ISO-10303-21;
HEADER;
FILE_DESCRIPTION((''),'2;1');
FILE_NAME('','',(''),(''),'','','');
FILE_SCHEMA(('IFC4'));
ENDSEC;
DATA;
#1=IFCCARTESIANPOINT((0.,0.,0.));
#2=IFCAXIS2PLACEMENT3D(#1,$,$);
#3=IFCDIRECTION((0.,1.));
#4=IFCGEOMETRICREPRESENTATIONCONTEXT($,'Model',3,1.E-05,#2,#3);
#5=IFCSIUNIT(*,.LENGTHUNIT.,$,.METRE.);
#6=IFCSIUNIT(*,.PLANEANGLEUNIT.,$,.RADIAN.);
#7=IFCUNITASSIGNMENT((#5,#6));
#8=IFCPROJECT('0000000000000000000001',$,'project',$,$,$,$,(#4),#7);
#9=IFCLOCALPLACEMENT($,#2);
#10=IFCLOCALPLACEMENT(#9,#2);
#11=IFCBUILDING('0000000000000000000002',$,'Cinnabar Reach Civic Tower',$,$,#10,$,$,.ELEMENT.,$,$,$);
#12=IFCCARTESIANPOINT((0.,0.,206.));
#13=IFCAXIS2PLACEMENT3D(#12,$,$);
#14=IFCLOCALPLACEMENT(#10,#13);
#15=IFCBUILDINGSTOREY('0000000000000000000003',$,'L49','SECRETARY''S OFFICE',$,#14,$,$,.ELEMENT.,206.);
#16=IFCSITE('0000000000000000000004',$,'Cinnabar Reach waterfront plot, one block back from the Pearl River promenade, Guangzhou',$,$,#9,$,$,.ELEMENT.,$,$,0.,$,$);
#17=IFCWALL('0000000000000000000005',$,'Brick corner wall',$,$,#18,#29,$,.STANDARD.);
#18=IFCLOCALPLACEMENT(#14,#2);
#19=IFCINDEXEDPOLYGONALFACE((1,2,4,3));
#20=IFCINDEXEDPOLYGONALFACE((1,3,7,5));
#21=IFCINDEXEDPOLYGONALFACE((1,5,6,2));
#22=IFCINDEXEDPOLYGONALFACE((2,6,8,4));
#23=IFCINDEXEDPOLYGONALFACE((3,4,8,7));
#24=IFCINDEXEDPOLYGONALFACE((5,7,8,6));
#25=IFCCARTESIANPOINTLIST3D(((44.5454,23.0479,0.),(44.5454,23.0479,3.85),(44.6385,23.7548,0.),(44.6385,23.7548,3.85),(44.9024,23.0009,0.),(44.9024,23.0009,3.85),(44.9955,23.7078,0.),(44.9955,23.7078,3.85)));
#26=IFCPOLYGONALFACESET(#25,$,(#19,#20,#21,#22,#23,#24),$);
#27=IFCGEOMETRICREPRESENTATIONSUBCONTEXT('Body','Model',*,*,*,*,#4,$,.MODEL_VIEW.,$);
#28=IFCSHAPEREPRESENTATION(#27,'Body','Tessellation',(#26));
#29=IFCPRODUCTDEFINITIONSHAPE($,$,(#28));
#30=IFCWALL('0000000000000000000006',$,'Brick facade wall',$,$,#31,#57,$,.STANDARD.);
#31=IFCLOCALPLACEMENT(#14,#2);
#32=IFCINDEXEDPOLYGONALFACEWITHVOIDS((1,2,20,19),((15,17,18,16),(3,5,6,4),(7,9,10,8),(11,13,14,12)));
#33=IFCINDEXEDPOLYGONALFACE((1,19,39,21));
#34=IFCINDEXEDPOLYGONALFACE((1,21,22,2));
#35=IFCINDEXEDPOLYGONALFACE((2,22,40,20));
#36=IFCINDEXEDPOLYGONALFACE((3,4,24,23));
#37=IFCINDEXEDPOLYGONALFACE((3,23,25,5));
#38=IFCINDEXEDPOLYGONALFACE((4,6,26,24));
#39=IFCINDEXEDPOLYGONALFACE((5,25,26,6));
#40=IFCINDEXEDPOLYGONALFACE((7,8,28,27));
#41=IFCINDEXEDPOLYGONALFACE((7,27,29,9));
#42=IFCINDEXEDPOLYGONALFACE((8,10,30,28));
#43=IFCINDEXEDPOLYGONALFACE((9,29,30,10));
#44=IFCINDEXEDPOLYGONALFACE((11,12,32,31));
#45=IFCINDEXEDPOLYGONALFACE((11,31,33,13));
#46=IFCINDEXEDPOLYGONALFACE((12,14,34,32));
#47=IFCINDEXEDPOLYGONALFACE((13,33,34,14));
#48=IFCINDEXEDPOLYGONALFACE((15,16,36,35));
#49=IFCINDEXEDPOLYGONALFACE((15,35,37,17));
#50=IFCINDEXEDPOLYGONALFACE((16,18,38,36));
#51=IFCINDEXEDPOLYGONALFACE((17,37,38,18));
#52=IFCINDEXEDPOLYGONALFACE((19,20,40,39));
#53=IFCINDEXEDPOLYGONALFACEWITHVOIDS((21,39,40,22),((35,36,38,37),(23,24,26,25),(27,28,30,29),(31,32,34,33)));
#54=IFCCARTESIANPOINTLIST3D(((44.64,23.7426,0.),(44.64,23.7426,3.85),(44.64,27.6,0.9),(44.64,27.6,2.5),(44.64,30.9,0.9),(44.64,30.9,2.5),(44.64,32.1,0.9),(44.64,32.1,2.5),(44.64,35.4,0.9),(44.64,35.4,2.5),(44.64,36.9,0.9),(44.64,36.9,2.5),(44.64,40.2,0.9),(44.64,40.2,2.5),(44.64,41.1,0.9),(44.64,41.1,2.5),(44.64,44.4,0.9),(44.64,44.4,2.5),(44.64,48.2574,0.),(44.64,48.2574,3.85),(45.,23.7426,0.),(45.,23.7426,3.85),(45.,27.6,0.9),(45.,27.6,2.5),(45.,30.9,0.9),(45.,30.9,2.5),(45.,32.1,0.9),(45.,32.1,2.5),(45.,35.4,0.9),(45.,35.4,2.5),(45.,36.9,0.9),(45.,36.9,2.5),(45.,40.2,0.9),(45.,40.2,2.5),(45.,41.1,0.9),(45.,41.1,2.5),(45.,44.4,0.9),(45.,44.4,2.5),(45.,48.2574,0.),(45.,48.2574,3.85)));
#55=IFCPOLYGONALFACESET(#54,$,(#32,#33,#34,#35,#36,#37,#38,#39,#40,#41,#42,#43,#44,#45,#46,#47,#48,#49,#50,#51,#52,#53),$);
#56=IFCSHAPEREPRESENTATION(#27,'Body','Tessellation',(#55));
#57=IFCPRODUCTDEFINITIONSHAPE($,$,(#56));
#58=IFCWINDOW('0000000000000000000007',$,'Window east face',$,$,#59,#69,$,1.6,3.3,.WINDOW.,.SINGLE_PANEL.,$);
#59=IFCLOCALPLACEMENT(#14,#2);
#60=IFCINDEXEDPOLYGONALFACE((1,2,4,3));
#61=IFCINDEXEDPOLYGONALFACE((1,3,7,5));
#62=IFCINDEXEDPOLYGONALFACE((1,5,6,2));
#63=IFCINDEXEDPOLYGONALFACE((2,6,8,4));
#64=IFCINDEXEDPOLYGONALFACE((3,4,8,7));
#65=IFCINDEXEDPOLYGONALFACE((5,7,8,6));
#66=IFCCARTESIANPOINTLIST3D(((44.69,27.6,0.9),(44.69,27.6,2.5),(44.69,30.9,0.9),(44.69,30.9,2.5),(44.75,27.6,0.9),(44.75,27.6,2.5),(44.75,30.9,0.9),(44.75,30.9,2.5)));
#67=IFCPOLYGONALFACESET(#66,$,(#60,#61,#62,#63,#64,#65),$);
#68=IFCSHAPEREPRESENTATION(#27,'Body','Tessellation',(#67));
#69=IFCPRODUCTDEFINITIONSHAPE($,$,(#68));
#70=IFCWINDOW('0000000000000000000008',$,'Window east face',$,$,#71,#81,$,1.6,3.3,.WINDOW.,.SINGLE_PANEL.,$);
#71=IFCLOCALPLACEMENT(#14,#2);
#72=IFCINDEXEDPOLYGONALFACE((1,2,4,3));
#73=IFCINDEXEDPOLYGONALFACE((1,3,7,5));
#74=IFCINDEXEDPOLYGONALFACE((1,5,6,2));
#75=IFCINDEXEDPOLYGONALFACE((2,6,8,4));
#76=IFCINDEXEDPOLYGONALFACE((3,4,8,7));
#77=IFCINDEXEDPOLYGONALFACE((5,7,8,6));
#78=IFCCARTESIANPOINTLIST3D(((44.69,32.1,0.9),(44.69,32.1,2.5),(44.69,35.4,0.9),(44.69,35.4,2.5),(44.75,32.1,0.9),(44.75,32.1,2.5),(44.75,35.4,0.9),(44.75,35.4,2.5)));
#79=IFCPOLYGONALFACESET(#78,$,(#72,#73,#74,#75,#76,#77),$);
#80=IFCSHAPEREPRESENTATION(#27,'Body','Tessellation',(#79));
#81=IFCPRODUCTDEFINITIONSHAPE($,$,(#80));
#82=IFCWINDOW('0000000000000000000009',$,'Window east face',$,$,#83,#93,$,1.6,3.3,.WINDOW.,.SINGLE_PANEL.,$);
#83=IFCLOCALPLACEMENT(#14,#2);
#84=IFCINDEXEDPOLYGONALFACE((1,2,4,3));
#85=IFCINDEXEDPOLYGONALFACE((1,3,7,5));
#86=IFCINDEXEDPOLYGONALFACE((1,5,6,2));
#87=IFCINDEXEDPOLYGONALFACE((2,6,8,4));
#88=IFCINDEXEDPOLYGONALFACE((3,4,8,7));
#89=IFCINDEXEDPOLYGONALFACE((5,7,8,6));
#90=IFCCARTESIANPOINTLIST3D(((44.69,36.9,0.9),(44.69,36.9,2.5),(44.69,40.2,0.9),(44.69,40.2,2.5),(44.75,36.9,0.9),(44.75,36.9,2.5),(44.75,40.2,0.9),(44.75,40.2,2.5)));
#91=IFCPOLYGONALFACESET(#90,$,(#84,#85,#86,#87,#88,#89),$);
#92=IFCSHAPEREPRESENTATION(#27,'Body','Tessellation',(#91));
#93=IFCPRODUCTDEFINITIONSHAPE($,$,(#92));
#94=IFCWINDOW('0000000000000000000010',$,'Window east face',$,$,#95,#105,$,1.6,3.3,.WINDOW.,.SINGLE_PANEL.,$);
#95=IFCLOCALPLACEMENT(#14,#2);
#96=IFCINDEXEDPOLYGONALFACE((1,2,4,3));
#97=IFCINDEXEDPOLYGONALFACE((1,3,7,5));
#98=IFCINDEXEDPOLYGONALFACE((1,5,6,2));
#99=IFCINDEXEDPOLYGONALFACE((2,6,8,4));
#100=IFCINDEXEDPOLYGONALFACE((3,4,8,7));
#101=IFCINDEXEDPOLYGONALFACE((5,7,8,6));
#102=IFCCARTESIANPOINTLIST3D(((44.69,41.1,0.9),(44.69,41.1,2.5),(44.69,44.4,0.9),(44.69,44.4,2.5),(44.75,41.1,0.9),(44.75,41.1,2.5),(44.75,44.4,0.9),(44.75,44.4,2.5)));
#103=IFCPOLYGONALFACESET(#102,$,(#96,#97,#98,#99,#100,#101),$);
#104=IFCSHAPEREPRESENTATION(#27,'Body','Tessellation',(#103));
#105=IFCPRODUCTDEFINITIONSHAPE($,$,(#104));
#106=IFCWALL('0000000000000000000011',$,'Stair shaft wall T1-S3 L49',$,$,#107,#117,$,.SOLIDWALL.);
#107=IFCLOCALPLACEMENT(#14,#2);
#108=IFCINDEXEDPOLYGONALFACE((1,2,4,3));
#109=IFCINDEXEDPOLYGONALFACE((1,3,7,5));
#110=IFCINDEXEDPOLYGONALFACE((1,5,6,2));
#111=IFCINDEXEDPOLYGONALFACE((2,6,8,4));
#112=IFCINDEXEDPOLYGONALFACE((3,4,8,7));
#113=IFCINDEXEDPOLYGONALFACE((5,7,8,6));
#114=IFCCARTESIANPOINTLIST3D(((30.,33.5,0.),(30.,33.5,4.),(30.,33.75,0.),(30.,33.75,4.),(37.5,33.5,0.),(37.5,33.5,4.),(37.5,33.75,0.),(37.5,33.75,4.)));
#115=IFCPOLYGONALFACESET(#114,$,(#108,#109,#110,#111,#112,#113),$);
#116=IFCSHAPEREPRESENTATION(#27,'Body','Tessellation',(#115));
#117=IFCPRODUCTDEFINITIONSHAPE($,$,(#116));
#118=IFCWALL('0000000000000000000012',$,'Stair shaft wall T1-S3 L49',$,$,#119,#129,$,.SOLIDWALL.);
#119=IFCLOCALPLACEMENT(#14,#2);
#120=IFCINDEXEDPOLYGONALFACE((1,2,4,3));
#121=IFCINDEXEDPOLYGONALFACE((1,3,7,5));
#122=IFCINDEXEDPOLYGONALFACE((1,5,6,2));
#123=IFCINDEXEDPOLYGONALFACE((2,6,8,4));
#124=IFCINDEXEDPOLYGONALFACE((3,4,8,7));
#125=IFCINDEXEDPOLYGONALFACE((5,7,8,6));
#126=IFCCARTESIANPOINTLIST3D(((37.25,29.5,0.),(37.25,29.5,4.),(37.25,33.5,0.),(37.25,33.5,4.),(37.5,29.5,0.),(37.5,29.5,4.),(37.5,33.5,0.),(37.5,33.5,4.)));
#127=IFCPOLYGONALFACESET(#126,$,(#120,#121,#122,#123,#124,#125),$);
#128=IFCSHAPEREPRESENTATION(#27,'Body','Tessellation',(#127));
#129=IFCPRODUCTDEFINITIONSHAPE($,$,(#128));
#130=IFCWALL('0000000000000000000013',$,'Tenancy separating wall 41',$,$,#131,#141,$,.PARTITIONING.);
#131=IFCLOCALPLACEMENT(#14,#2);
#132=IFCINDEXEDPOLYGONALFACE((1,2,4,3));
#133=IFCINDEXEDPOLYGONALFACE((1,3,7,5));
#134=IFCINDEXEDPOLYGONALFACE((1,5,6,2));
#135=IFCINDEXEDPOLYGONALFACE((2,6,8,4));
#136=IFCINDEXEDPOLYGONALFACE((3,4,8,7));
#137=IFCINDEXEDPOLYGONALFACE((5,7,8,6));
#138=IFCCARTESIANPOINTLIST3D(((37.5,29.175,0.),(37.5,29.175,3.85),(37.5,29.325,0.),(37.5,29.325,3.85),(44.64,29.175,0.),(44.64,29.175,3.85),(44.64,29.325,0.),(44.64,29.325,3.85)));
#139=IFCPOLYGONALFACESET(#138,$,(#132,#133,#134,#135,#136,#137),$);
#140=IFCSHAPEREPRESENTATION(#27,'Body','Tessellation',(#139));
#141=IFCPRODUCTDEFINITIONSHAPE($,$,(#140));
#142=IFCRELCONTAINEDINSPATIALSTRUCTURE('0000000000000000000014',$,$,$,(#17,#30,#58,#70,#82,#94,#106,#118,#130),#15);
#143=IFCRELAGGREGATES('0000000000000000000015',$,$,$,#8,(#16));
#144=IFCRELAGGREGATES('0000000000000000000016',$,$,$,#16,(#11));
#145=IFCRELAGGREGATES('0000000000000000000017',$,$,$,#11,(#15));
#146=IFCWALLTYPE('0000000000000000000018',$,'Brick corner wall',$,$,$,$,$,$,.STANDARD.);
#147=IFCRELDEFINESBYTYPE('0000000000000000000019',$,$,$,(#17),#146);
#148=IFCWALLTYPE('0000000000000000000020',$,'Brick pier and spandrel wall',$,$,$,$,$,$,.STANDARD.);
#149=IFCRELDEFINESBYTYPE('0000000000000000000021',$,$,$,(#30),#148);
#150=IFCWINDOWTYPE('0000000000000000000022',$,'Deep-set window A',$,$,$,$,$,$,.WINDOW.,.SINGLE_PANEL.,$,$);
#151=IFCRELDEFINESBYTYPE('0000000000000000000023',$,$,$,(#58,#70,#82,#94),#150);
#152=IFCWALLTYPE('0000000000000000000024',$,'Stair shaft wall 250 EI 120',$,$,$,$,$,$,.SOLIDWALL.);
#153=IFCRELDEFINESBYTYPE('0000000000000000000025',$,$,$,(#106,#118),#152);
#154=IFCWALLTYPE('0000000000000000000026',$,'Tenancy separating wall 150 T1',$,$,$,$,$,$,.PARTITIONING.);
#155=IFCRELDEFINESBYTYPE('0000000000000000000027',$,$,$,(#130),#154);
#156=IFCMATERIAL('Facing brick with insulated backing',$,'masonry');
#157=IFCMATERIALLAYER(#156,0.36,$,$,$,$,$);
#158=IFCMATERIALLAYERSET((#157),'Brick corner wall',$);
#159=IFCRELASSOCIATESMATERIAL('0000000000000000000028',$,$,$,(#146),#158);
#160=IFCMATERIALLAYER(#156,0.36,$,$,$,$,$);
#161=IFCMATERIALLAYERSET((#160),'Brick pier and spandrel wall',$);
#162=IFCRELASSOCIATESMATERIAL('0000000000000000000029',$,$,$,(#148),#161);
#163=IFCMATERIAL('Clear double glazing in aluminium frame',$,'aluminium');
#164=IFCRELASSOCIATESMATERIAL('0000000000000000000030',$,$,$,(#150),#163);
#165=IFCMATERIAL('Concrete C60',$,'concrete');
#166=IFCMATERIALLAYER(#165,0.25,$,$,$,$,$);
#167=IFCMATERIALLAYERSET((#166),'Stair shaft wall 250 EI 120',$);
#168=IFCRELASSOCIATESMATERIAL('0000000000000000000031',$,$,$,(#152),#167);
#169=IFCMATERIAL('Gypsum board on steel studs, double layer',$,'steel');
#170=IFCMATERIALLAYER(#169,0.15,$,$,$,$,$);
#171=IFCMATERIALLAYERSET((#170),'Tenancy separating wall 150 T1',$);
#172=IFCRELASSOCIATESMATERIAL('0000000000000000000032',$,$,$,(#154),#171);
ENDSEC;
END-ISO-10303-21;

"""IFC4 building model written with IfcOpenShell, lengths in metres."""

from ifc_helpers import new_model, si_unit, direction, frame, frame_2d, origin, place, context, subcontext, project, spatial, rectangle, extrude, material, layer, layer_set, type_object, element, fill, save


model = new_model("IFC4")

# Units and contexts
model_context = context("Model", 3, precision=1e-05, world=origin(), true_north=direction((0.0, 1.0)))
body_context = subcontext(model_context, "Body", "Model", "MODEL_VIEW")
ifc_project = project(units=[si_unit("LENGTHUNIT", "METRE"), si_unit("PLANEANGLEUNIT", "RADIAN")], contexts=[model_context])

# Site, building, storey
site_placement = place(None, origin())
site = spatial("IfcSite", under=ifc_project, at=site_placement, Name="Cinnabar Reach waterfront plot, one block back from the Pearl River promenade, Guangzhou", CompositionType="ELEMENT", RefElevation=0.0)
building_placement = place(site_placement, origin())
building = spatial("IfcBuilding", under=site, at=building_placement, Name="Cinnabar Reach Civic Tower", CompositionType="ELEMENT")
storey_placement = place(building_placement, frame((0.0, 0.0, 206.0)))
storey = spatial("IfcBuildingStorey", under=building, at=storey_placement, Name="L49", Description="SECRETARY'S OFFICE", CompositionType="ELEMENT", Elevation=206.0)

# Shared definitions
ifc_material_1 = material(Name="Concrete C60", Category="concrete")

# Wall
ifc_material_2 = material(Name="Facing brick with insulated backing", Category="masonry")
ifc_layer_1 = layer(ifc_material_2, 0.36)
ifc_layer_set_1 = layer_set([ifc_layer_1], Name="Brick corner wall")
wall_type_1 = type_object("IfcWallType", Name="Brick corner wall", PredefinedType="STANDARD", material=ifc_layer_set_1)
wall_1_placement = place(storey_placement, frame((44.7239, 23.0244, 0.0), z_axis=(0.0, 0.0, 1.0), x_axis=(0.130556, 0.991441, 0.0)))
element("IfcWall", 1, at=wall_1_placement, inside=storey, type_object=wall_type_1, Name="Brick corner wall", PredefinedType="STANDARD", context=body_context, shape_type="SweptSolid", body=[
    extrude(rectangle(XDim=0.7131, YDim=0.36, at=frame_2d((0.3565, 0.0))), origin(), (0.0, 0.0, 1.0), 3.85),
])

# Wall, openings, windows
ifc_layer_2 = layer(ifc_material_2, 0.36)
ifc_layer_set_2 = layer_set([ifc_layer_2], Name="Brick pier and spandrel wall")
wall_type_2 = type_object("IfcWallType", Name="Brick pier and spandrel wall", PredefinedType="STANDARD", material=ifc_layer_set_2)
wall_2_placement = place(storey_placement, frame((44.82, 23.7426, 0.0), z_axis=(0.0, 0.0, 1.0), x_axis=(0.0, 1.0, 0.0)))
wall_2 = element("IfcWall", 2, at=wall_2_placement, inside=storey, type_object=wall_type_2, Name="Brick facade wall", PredefinedType="STANDARD", context=body_context, shape_type="SweptSolid", body=[
    extrude(rectangle(XDim=24.5148, YDim=0.36, at=frame_2d((12.2574, 0.0))), origin(), (0.0, 0.0, 1.0), 3.85),
])
opening_1_placement = place(wall_2_placement, frame((3.8574, 0.0, 0.9)))
opening_1 = element("IfcOpeningElement", 3, at=opening_1_placement, cuts=wall_2, PredefinedType="OPENING", context=body_context, shape_type="SweptSolid", body=[
    extrude(rectangle(XDim=3.3, YDim=1.6, at=frame_2d((1.65, 0.8))), frame((0.0, 0.19, 0.0), z_axis=(0.0, -1.0, 0.0), x_axis=(1.0, 0.0, 0.0)), (0.0, 0.0, 1.0), 0.38),
])
opening_2_placement = place(wall_2_placement, frame((8.3574, 0.0, 0.9)))
opening_2 = element("IfcOpeningElement", 4, at=opening_2_placement, cuts=wall_2, PredefinedType="OPENING", context=body_context, shape_type="SweptSolid", body=[
    extrude(rectangle(XDim=3.3, YDim=1.6, at=frame_2d((1.65, 0.8))), frame((0.0, 0.19, 0.0), z_axis=(0.0, -1.0, 0.0), x_axis=(1.0, 0.0, 0.0)), (0.0, 0.0, 1.0), 0.38),
])
opening_3_placement = place(wall_2_placement, frame((13.1574, 0.0, 0.9)))
opening_3 = element("IfcOpeningElement", 5, at=opening_3_placement, cuts=wall_2, PredefinedType="OPENING", context=body_context, shape_type="SweptSolid", body=[
    extrude(rectangle(XDim=3.3, YDim=1.6, at=frame_2d((1.65, 0.8))), frame((0.0, 0.19, 0.0), z_axis=(0.0, -1.0, 0.0), x_axis=(1.0, 0.0, 0.0)), (0.0, 0.0, 1.0), 0.38),
])
opening_4_placement = place(wall_2_placement, frame((17.3574, 0.0, 0.9)))
opening_4 = element("IfcOpeningElement", 6, at=opening_4_placement, cuts=wall_2, PredefinedType="OPENING", context=body_context, shape_type="SweptSolid", body=[
    extrude(rectangle(XDim=3.3, YDim=1.6, at=frame_2d((1.65, 0.8))), frame((0.0, 0.19, 0.0), z_axis=(0.0, -1.0, 0.0), x_axis=(1.0, 0.0, 0.0)), (0.0, 0.0, 1.0), 0.38),
])
ifc_material_3 = material(Name="Clear double glazing in aluminium frame", Category="aluminium")
window_type = type_object("IfcWindowType", Name="Deep-set window A", PartitioningType="SINGLE_PANEL", PredefinedType="WINDOW", material=ifc_material_3)
window_1_placement = place(opening_1_placement, origin())
window_1 = element("IfcWindow", 7, at=window_1_placement, inside=storey, type_object=window_type, Name="Window east face", OverallHeight=1.6, OverallWidth=3.3, PartitioningType="SINGLE_PANEL", PredefinedType="WINDOW", context=body_context, shape_type="SweptSolid", body=[
    extrude(rectangle(XDim=3.3, YDim=1.6, at=frame_2d((1.65, 0.8))), frame((0.0, 0.13, 0.0), z_axis=(0.0, -1.0, 0.0), x_axis=(1.0, 0.0, 0.0)), (0.0, 0.0, 1.0), 0.06),
])
fill(opening_1, window_1)
window_2_placement = place(opening_2_placement, origin())
window_2 = element("IfcWindow", 8, at=window_2_placement, inside=storey, type_object=window_type, Name="Window east face", OverallHeight=1.6, OverallWidth=3.3, PartitioningType="SINGLE_PANEL", PredefinedType="WINDOW", context=body_context, shape_type="SweptSolid", body=[
    extrude(rectangle(XDim=3.3, YDim=1.6, at=frame_2d((1.65, 0.8))), frame((0.0, 0.13, 0.0), z_axis=(0.0, -1.0, 0.0), x_axis=(1.0, 0.0, 0.0)), (0.0, 0.0, 1.0), 0.06),
])
fill(opening_2, window_2)
window_3_placement = place(opening_3_placement, origin())
window_3 = element("IfcWindow", 9, at=window_3_placement, inside=storey, type_object=window_type, Name="Window east face", OverallHeight=1.6, OverallWidth=3.3, PartitioningType="SINGLE_PANEL", PredefinedType="WINDOW", context=body_context, shape_type="SweptSolid", body=[
    extrude(rectangle(XDim=3.3, YDim=1.6, at=frame_2d((1.65, 0.8))), frame((0.0, 0.13, 0.0), z_axis=(0.0, -1.0, 0.0), x_axis=(1.0, 0.0, 0.0)), (0.0, 0.0, 1.0), 0.06),
])
fill(opening_3, window_3)
window_4_placement = place(opening_4_placement, origin())
window_4 = element("IfcWindow", 10, at=window_4_placement, inside=storey, type_object=window_type, Name="Window east face", OverallHeight=1.6, OverallWidth=3.3, PartitioningType="SINGLE_PANEL", PredefinedType="WINDOW", context=body_context, shape_type="SweptSolid", body=[
    extrude(rectangle(XDim=3.3, YDim=1.6, at=frame_2d((1.65, 0.8))), frame((0.0, 0.13, 0.0), z_axis=(0.0, -1.0, 0.0), x_axis=(1.0, 0.0, 0.0)), (0.0, 0.0, 1.0), 0.06),
])
fill(opening_4, window_4)

# Walls
ifc_layer_3 = layer(ifc_material_1, 0.25)
ifc_layer_set_3 = layer_set([ifc_layer_3], Name="Stair shaft wall 250 EI 120")
wall_type_3 = type_object("IfcWallType", Name="Stair shaft wall 250 EI 120", PredefinedType="SOLIDWALL", material=ifc_layer_set_3)
wall_3_placement = place(storey_placement, frame((37.5, 33.625, 0.0), z_axis=(0.0, 0.0, 1.0), x_axis=(-1.0, 0.0, 0.0)))
element("IfcWall", 11, at=wall_3_placement, inside=storey, type_object=wall_type_3, Name="Stair shaft wall T1-S3 L49", PredefinedType="SOLIDWALL", context=body_context, shape_type="SweptSolid", body=[
    extrude(rectangle(XDim=7.5, YDim=0.25, at=frame_2d((3.75, 0.0))), origin(), (0.0, 0.0, 1.0), 4.0),
])
wall_4_placement = place(storey_placement, frame((37.375, 29.5, 0.0), z_axis=(0.0, 0.0, 1.0), x_axis=(0.0, 1.0, 0.0)))
element("IfcWall", 12, at=wall_4_placement, inside=storey, type_object=wall_type_3, Name="Stair shaft wall T1-S3 L49", PredefinedType="SOLIDWALL", context=body_context, shape_type="SweptSolid", body=[
    extrude(rectangle(XDim=4.0, YDim=0.25, at=frame_2d((2.0, 0.0))), origin(), (0.0, 0.0, 1.0), 4.0),
])
ifc_material_4 = material(Name="Gypsum board on steel studs, double layer", Category="steel")
ifc_layer_4 = layer(ifc_material_4, 0.15)
ifc_layer_set_4 = layer_set([ifc_layer_4], Name="Tenancy separating wall 150 T1")
wall_type_4 = type_object("IfcWallType", Name="Tenancy separating wall 150 T1", PredefinedType="PARTITIONING", material=ifc_layer_set_4)
wall_5_placement = place(storey_placement, frame((37.5, 29.25, 0.0), z_axis=(0.0, 0.0, 1.0), x_axis=(1.0, 0.0, 0.0)))
element("IfcWall", 13, at=wall_5_placement, inside=storey, type_object=wall_type_4, Name="Tenancy separating wall 41", PredefinedType="PARTITIONING", context=body_context, shape_type="SweptSolid", body=[
    extrude(rectangle(XDim=7.14, YDim=0.15, at=frame_2d((3.57, 0.0))), origin(), (0.0, 0.0, 1.0), 3.85),
])

save(model, "model.ifc")
